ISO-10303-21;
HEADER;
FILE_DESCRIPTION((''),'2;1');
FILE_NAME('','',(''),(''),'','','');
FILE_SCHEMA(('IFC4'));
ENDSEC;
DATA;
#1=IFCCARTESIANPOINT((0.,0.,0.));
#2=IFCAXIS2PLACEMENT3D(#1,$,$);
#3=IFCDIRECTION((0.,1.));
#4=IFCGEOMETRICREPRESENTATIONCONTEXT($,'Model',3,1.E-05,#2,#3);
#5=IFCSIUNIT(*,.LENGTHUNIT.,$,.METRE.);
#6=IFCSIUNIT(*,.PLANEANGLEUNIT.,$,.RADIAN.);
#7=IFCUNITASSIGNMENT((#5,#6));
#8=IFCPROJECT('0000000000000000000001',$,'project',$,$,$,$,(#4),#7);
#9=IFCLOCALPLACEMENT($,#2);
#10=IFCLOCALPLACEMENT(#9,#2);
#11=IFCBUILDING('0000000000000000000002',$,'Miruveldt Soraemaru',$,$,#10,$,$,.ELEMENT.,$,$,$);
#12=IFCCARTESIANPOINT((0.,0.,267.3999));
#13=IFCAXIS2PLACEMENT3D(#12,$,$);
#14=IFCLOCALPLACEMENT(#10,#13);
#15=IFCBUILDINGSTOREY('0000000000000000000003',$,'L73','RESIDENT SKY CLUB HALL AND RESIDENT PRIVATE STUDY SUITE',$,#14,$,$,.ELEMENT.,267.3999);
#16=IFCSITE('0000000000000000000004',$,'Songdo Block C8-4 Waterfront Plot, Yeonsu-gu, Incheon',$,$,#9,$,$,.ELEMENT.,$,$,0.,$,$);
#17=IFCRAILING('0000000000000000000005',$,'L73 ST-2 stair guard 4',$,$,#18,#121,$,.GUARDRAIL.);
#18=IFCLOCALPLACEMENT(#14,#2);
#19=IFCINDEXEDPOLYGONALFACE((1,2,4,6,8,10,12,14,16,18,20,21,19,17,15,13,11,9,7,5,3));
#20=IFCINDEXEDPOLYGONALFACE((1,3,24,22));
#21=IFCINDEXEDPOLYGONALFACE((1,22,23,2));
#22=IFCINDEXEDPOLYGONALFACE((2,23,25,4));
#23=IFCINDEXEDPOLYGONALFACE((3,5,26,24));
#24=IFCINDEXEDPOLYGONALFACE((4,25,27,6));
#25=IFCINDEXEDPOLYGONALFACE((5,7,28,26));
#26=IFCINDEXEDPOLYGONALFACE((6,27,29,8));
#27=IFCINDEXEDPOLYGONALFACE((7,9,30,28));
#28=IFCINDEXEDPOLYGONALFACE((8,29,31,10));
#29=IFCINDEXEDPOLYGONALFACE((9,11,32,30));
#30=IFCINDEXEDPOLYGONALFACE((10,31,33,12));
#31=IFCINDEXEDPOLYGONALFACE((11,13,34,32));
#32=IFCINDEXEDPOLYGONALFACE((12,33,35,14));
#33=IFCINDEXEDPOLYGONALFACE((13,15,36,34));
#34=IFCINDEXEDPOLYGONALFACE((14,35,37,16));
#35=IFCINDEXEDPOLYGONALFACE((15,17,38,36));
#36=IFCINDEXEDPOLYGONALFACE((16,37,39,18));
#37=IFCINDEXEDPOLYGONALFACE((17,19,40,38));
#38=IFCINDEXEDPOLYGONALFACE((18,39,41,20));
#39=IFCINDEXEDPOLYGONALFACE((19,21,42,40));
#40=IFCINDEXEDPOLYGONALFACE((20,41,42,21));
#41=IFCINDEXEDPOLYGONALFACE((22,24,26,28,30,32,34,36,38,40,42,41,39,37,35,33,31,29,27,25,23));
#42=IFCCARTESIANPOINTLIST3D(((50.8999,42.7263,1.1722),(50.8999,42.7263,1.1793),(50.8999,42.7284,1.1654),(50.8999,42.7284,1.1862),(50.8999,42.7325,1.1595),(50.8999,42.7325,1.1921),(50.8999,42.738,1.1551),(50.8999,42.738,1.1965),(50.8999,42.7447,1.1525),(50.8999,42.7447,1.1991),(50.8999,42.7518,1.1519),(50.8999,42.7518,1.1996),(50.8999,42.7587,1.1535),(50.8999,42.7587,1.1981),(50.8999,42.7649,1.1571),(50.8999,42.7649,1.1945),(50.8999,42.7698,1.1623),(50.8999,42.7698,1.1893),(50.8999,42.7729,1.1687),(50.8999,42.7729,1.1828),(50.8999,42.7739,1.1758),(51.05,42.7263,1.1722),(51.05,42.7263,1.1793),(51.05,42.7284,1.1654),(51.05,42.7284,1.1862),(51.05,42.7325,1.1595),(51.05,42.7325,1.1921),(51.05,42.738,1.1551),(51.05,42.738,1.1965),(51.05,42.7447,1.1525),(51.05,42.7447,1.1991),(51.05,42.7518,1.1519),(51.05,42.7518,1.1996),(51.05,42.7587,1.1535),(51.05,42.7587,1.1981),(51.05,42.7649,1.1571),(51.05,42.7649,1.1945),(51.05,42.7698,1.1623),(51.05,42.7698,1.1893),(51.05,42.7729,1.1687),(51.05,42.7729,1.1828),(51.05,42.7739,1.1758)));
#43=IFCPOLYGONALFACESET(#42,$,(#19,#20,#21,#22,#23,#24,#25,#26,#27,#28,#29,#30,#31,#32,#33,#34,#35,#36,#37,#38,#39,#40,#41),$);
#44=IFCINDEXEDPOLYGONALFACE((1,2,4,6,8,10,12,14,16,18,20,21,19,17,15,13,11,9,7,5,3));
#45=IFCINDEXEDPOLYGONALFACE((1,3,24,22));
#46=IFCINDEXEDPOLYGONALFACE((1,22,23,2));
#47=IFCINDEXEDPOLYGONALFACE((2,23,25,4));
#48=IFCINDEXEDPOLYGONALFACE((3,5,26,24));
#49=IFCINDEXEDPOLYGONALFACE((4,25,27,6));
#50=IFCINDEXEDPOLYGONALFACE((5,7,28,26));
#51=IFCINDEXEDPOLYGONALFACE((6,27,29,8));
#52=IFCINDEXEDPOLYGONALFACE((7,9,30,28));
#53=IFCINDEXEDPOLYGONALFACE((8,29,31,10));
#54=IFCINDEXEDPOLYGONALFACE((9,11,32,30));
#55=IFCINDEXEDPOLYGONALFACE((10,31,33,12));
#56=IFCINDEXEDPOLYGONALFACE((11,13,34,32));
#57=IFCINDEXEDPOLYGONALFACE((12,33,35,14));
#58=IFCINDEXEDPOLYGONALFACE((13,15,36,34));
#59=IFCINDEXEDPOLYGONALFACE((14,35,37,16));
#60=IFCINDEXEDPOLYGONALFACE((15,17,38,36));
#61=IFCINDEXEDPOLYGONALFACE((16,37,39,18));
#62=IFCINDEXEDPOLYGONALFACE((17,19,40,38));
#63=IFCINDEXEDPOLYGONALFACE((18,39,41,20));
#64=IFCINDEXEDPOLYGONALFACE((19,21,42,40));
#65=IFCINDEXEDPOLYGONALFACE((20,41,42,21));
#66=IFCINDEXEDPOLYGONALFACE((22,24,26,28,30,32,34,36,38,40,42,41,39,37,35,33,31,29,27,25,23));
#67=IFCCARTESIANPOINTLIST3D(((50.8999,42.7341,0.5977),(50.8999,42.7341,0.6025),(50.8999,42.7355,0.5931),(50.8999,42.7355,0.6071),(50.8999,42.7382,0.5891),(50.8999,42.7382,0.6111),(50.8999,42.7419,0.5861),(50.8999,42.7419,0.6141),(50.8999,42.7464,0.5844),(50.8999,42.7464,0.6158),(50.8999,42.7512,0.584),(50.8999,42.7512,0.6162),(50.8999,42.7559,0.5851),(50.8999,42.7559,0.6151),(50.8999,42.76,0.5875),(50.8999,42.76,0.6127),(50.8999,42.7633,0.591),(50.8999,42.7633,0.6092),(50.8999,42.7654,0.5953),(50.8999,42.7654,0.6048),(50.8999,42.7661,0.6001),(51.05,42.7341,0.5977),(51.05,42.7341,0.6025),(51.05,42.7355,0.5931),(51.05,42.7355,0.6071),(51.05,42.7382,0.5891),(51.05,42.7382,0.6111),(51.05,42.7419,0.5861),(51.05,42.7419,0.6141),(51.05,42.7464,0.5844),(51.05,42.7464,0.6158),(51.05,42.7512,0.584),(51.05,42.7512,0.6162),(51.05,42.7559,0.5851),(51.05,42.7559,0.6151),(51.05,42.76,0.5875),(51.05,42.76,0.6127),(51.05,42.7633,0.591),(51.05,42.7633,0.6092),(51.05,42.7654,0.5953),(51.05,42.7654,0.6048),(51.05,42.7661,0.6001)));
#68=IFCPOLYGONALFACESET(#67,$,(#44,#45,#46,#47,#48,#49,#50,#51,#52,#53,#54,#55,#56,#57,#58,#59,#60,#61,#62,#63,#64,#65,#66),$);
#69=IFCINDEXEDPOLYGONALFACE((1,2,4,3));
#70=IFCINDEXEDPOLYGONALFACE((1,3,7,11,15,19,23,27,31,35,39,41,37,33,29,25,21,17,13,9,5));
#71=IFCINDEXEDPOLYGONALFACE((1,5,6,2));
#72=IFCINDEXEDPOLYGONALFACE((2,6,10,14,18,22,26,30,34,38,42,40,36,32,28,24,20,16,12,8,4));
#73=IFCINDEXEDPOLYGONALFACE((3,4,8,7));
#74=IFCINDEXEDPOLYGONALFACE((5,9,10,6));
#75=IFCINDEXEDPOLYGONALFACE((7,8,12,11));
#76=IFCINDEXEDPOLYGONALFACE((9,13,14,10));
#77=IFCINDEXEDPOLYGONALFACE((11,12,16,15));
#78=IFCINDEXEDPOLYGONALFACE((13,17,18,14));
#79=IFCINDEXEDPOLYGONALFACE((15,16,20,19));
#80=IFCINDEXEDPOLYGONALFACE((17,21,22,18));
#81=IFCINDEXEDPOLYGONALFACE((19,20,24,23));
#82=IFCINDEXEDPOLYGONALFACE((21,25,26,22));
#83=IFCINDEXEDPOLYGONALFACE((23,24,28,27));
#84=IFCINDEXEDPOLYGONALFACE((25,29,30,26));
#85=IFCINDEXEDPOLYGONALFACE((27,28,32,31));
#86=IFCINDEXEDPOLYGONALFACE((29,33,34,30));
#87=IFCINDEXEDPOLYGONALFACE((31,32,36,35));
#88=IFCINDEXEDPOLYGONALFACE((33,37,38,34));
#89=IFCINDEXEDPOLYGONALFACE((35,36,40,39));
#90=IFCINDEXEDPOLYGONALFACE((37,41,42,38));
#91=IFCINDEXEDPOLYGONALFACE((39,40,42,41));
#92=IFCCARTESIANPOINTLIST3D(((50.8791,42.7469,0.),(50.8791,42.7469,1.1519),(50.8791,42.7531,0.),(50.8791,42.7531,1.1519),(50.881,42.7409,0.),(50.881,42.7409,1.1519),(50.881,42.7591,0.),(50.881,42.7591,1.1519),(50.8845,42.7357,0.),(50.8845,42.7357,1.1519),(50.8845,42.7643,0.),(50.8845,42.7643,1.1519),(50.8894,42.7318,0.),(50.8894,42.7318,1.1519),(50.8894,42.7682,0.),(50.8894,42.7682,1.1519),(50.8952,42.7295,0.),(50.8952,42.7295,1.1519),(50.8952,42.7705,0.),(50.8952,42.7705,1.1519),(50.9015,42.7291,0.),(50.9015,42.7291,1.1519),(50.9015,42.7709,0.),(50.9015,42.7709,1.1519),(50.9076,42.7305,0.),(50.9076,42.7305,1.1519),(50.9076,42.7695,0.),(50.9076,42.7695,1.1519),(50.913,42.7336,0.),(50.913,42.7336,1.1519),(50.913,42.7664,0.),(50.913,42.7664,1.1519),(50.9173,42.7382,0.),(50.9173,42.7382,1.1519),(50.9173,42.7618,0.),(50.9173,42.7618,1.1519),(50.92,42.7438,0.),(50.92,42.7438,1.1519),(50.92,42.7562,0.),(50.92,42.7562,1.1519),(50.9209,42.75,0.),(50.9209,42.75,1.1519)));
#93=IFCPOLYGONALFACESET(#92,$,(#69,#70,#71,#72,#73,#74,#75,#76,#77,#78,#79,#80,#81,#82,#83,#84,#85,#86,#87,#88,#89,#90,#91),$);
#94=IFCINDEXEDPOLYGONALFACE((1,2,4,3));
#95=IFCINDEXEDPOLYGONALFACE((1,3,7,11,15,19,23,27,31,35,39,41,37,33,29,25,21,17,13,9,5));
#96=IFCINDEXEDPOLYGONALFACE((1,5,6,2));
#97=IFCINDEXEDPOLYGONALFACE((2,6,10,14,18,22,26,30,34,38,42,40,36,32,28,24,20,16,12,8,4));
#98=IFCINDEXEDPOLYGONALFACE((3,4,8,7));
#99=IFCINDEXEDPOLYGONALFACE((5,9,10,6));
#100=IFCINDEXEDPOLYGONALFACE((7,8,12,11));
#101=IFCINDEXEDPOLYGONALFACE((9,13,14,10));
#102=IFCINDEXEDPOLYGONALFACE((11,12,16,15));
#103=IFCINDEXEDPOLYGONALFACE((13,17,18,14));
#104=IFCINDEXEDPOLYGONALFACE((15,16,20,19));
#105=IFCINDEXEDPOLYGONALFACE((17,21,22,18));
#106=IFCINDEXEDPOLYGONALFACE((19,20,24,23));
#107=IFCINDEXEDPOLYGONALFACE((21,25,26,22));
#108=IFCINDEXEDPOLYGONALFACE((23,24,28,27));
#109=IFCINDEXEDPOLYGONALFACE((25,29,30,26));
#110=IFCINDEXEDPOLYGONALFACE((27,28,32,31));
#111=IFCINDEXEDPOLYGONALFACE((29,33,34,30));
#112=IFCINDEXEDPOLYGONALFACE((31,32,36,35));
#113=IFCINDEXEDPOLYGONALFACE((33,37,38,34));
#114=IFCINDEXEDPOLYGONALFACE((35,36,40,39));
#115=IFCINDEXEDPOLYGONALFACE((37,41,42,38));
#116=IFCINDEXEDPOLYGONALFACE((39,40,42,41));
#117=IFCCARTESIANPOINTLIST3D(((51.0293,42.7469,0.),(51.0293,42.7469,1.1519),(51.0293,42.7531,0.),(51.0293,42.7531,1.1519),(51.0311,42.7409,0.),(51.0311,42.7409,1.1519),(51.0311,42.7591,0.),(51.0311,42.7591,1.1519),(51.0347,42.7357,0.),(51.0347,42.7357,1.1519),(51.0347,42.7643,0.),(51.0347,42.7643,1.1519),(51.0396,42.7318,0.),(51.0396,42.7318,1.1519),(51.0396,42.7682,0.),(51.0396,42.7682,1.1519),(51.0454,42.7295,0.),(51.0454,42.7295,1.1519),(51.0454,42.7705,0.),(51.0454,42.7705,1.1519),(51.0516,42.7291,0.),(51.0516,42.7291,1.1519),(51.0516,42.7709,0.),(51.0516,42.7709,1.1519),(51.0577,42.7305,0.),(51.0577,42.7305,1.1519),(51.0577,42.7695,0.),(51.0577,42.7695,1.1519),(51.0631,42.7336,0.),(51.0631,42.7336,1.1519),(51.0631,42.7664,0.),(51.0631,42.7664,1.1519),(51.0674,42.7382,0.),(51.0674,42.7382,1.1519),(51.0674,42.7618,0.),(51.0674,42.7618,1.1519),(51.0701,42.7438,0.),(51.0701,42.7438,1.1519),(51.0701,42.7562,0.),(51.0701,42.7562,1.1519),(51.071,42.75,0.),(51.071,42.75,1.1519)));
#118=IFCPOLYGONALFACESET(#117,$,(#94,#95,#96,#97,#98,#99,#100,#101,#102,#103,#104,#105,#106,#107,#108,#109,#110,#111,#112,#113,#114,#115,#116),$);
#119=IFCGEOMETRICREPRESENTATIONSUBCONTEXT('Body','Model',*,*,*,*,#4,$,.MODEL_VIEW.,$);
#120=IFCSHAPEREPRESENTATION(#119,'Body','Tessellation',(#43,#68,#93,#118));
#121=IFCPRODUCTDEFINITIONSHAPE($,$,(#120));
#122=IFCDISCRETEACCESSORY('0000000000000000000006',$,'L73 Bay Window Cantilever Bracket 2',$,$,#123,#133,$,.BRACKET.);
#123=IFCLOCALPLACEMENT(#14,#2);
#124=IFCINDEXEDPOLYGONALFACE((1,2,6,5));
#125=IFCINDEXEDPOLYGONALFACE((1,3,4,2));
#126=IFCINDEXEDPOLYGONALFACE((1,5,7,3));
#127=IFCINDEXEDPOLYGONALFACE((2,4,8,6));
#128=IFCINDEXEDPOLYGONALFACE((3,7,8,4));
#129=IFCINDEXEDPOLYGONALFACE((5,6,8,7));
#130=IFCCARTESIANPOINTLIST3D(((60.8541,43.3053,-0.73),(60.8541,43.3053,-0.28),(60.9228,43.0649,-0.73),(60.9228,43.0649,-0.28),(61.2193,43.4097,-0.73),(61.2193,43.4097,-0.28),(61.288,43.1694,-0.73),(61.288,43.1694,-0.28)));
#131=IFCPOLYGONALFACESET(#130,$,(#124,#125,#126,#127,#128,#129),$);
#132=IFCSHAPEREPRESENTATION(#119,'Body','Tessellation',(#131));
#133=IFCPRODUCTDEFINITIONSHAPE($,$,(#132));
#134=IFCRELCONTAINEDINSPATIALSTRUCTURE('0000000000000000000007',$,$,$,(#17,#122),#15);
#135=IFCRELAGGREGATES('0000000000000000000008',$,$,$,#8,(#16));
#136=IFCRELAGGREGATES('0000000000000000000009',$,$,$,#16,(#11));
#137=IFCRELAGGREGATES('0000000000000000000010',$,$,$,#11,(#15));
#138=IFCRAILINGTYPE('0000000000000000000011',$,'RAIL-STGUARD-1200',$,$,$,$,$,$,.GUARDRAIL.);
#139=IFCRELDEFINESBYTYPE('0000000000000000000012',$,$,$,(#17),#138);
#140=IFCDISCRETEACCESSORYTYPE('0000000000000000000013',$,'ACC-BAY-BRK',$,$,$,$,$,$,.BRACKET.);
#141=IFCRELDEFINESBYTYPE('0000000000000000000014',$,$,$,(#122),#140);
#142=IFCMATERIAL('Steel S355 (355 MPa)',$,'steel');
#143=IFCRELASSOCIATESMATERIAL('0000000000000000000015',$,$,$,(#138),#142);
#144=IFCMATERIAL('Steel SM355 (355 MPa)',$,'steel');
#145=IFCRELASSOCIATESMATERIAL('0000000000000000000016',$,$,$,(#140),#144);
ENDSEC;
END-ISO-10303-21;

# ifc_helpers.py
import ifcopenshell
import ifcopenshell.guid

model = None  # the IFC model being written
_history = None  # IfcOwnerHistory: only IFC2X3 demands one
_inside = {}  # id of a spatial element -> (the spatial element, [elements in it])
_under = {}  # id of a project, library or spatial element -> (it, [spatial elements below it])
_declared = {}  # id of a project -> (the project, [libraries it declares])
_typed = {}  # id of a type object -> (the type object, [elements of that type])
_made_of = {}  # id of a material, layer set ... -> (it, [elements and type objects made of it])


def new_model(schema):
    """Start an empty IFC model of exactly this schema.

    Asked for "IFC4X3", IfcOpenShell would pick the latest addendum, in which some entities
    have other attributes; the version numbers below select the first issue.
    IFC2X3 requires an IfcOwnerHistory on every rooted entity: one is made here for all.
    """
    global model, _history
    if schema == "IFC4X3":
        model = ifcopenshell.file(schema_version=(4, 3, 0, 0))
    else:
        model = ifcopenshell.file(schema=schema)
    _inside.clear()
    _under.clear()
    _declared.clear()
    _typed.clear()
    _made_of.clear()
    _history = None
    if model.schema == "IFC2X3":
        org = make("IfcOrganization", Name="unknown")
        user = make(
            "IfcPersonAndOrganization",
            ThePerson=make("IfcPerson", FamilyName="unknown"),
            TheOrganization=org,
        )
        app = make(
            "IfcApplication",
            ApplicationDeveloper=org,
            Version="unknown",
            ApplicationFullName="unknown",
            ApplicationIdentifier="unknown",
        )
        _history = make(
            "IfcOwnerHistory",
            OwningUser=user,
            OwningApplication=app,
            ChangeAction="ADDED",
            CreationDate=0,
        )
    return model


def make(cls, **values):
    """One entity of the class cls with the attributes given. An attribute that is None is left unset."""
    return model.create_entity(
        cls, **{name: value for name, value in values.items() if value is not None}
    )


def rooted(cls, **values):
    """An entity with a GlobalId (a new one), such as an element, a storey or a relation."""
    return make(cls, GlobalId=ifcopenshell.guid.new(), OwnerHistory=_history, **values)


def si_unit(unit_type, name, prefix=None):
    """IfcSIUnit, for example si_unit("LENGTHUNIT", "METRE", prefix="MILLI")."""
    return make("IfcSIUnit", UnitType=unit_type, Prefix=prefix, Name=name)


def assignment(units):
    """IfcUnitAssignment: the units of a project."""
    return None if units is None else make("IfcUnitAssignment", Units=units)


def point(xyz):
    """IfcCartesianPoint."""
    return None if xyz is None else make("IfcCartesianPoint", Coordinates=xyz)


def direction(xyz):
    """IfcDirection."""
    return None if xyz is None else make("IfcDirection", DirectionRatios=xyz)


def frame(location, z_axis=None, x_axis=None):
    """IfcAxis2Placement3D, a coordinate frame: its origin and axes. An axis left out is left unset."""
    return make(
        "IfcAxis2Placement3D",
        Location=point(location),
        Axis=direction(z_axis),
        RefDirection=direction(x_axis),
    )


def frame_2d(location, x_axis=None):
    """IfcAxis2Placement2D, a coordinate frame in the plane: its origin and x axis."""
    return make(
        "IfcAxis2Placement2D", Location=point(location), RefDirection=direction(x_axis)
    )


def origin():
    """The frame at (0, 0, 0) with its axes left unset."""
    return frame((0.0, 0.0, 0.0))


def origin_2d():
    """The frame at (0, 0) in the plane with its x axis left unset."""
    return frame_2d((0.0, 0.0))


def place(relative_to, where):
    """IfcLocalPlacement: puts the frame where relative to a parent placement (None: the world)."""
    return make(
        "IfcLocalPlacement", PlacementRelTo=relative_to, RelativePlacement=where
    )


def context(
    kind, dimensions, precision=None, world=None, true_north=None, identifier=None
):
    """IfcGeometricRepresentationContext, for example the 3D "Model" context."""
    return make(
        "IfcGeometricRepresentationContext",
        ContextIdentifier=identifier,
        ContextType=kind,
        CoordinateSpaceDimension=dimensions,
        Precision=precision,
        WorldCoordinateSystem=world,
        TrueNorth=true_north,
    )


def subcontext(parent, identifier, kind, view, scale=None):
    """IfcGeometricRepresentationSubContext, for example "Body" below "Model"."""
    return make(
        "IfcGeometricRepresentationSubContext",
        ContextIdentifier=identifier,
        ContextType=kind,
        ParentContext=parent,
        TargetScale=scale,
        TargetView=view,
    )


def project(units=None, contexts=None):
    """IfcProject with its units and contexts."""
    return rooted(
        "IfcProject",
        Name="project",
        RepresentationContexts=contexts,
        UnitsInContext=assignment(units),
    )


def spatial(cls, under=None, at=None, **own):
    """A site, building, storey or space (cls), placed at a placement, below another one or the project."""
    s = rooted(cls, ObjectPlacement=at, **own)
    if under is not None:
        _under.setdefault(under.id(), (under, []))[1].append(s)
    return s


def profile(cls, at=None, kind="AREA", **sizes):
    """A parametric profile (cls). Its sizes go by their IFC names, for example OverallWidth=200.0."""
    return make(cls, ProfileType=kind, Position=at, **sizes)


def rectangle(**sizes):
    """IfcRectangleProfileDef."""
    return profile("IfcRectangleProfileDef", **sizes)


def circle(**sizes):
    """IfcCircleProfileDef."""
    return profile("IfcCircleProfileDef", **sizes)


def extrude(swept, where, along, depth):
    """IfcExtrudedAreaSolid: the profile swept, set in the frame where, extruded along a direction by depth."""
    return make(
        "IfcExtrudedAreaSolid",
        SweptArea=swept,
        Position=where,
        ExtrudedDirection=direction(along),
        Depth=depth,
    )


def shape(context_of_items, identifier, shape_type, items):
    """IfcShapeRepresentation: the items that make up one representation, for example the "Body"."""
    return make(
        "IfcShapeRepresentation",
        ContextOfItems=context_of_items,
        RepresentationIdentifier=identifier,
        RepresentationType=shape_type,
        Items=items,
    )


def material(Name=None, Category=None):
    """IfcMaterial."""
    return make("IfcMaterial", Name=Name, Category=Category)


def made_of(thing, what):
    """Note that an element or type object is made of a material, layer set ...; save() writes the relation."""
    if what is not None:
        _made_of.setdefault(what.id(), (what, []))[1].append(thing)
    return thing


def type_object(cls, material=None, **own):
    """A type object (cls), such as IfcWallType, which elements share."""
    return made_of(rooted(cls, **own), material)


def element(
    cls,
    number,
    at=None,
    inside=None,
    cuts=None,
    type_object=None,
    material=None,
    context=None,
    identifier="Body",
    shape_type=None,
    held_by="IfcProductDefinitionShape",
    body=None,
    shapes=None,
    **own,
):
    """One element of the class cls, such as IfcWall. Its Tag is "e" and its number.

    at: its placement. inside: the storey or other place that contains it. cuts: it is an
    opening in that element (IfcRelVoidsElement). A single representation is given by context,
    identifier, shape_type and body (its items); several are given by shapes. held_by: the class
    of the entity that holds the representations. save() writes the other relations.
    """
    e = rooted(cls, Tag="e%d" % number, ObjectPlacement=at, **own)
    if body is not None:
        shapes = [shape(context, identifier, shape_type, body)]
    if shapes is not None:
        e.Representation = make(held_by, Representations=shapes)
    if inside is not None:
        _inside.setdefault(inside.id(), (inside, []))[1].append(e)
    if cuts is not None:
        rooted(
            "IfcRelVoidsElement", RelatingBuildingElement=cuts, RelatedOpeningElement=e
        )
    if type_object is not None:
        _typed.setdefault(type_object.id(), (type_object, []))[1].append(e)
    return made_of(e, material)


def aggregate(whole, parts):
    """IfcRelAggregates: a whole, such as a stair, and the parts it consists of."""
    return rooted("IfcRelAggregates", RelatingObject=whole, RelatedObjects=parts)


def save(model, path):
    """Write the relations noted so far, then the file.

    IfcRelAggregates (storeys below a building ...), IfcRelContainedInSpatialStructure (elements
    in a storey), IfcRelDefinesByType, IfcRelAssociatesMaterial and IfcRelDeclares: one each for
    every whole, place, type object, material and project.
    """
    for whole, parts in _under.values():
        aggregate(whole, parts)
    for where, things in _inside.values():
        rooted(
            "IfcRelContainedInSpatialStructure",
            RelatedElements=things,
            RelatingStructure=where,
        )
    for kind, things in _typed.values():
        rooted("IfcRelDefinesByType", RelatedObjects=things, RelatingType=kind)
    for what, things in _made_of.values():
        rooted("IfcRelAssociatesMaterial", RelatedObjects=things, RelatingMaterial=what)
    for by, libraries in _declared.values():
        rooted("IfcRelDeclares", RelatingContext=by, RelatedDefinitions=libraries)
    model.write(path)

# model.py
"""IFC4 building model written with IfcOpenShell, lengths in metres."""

from ifc_helpers import new_model, si_unit, direction, frame, origin, origin_2d, place, context, subcontext, project, spatial, rectangle, circle, extrude, material, type_object, element, save


model = new_model("IFC4")

# Units and contexts
model_context = context("Model", 3, precision=1e-05, world=origin(), true_north=direction((0.0, 1.0)))
body_context = subcontext(model_context, "Body", "Model", "MODEL_VIEW")
ifc_project = project(units=[si_unit("LENGTHUNIT", "METRE"), si_unit("PLANEANGLEUNIT", "RADIAN")], contexts=[model_context])

# Site, building, storey
site_placement = place(None, origin())
site = spatial("IfcSite", under=ifc_project, at=site_placement, Name="Songdo Block C8-4 Waterfront Plot, Yeonsu-gu, Incheon", CompositionType="ELEMENT", RefElevation=0.0)
building_placement = place(site_placement, origin())
building = spatial("IfcBuilding", under=site, at=building_placement, Name="Miruveldt Soraemaru", CompositionType="ELEMENT")
storey_placement = place(building_placement, frame((0.0, 0.0, 267.3999)))
storey = spatial("IfcBuildingStorey", under=building, at=storey_placement, Name="L73", Description="RESIDENT SKY CLUB HALL AND RESIDENT PRIVATE STUDY SUITE", CompositionType="ELEMENT", Elevation=267.3999)

# Railing
ifc_material_1 = material(Name="Steel S355 (355 MPa)", Category="steel")
railing_type_1 = type_object("IfcRailingType", Name="RAIL-STGUARD-1200", PredefinedType="GUARDRAIL", material=ifc_material_1)
railing_1_placement = place(storey_placement, frame((50.8999, 42.75, 0.0)))
element("IfcRailing", 1, at=railing_1_placement, inside=storey, type_object=railing_type_1, Name="L73 ST-2 stair guard 4", PredefinedType="GUARDRAIL", context=body_context, shape_type="SweptSolid", body=[
    extrude(circle(Radius=0.0239, at=origin_2d()), frame((0.0, 0.0, 1.1758), z_axis=(1.0, 0.0, 0.0), x_axis=(0.0, 1.0, 0.0)), (0.0, 0.0, 1.0), 0.1501),
    extrude(circle(Radius=0.0161, at=origin_2d()), frame((0.0, 0.0, 0.6001), z_axis=(1.0, 0.0, 0.0), x_axis=(0.0, 1.0, 0.0)), (0.0, 0.0, 1.0), 0.1501),
    extrude(circle(Radius=0.021, at=origin_2d()), origin(), (0.0, 0.0, 1.0), 1.1519),
    extrude(circle(Radius=0.021, at=origin_2d()), frame((0.1501, 0.0, 0.0)), (0.0, 0.0, 1.0), 1.1519),
])

# Discrete accessory
ifc_material_2 = material(Name="Steel SM355 (355 MPa)", Category="steel")
discrete_accessory_type = type_object("IfcDiscreteAccessoryType", Name="ACC-BAY-BRK", PredefinedType="BRACKET", material=ifc_material_2)
discrete_accessory_placement = place(storey_placement, frame((61.071, 43.2373, -0.73), z_axis=(0.0, 0.0, 1.0), x_axis=(0.961454, 0.274966, 0.0)))
element("IfcDiscreteAccessory", 2, at=discrete_accessory_placement, inside=storey, type_object=discrete_accessory_type, Name="L73 Bay Window Cantilever Bracket 2", PredefinedType="BRACKET", context=body_context, shape_type="SweptSolid", body=[
    extrude(rectangle(XDim=0.3799, YDim=0.25, at=origin_2d()), origin(), (0.0, 0.0, 1.0), 0.45),
])

save(model, "model.ifc")
